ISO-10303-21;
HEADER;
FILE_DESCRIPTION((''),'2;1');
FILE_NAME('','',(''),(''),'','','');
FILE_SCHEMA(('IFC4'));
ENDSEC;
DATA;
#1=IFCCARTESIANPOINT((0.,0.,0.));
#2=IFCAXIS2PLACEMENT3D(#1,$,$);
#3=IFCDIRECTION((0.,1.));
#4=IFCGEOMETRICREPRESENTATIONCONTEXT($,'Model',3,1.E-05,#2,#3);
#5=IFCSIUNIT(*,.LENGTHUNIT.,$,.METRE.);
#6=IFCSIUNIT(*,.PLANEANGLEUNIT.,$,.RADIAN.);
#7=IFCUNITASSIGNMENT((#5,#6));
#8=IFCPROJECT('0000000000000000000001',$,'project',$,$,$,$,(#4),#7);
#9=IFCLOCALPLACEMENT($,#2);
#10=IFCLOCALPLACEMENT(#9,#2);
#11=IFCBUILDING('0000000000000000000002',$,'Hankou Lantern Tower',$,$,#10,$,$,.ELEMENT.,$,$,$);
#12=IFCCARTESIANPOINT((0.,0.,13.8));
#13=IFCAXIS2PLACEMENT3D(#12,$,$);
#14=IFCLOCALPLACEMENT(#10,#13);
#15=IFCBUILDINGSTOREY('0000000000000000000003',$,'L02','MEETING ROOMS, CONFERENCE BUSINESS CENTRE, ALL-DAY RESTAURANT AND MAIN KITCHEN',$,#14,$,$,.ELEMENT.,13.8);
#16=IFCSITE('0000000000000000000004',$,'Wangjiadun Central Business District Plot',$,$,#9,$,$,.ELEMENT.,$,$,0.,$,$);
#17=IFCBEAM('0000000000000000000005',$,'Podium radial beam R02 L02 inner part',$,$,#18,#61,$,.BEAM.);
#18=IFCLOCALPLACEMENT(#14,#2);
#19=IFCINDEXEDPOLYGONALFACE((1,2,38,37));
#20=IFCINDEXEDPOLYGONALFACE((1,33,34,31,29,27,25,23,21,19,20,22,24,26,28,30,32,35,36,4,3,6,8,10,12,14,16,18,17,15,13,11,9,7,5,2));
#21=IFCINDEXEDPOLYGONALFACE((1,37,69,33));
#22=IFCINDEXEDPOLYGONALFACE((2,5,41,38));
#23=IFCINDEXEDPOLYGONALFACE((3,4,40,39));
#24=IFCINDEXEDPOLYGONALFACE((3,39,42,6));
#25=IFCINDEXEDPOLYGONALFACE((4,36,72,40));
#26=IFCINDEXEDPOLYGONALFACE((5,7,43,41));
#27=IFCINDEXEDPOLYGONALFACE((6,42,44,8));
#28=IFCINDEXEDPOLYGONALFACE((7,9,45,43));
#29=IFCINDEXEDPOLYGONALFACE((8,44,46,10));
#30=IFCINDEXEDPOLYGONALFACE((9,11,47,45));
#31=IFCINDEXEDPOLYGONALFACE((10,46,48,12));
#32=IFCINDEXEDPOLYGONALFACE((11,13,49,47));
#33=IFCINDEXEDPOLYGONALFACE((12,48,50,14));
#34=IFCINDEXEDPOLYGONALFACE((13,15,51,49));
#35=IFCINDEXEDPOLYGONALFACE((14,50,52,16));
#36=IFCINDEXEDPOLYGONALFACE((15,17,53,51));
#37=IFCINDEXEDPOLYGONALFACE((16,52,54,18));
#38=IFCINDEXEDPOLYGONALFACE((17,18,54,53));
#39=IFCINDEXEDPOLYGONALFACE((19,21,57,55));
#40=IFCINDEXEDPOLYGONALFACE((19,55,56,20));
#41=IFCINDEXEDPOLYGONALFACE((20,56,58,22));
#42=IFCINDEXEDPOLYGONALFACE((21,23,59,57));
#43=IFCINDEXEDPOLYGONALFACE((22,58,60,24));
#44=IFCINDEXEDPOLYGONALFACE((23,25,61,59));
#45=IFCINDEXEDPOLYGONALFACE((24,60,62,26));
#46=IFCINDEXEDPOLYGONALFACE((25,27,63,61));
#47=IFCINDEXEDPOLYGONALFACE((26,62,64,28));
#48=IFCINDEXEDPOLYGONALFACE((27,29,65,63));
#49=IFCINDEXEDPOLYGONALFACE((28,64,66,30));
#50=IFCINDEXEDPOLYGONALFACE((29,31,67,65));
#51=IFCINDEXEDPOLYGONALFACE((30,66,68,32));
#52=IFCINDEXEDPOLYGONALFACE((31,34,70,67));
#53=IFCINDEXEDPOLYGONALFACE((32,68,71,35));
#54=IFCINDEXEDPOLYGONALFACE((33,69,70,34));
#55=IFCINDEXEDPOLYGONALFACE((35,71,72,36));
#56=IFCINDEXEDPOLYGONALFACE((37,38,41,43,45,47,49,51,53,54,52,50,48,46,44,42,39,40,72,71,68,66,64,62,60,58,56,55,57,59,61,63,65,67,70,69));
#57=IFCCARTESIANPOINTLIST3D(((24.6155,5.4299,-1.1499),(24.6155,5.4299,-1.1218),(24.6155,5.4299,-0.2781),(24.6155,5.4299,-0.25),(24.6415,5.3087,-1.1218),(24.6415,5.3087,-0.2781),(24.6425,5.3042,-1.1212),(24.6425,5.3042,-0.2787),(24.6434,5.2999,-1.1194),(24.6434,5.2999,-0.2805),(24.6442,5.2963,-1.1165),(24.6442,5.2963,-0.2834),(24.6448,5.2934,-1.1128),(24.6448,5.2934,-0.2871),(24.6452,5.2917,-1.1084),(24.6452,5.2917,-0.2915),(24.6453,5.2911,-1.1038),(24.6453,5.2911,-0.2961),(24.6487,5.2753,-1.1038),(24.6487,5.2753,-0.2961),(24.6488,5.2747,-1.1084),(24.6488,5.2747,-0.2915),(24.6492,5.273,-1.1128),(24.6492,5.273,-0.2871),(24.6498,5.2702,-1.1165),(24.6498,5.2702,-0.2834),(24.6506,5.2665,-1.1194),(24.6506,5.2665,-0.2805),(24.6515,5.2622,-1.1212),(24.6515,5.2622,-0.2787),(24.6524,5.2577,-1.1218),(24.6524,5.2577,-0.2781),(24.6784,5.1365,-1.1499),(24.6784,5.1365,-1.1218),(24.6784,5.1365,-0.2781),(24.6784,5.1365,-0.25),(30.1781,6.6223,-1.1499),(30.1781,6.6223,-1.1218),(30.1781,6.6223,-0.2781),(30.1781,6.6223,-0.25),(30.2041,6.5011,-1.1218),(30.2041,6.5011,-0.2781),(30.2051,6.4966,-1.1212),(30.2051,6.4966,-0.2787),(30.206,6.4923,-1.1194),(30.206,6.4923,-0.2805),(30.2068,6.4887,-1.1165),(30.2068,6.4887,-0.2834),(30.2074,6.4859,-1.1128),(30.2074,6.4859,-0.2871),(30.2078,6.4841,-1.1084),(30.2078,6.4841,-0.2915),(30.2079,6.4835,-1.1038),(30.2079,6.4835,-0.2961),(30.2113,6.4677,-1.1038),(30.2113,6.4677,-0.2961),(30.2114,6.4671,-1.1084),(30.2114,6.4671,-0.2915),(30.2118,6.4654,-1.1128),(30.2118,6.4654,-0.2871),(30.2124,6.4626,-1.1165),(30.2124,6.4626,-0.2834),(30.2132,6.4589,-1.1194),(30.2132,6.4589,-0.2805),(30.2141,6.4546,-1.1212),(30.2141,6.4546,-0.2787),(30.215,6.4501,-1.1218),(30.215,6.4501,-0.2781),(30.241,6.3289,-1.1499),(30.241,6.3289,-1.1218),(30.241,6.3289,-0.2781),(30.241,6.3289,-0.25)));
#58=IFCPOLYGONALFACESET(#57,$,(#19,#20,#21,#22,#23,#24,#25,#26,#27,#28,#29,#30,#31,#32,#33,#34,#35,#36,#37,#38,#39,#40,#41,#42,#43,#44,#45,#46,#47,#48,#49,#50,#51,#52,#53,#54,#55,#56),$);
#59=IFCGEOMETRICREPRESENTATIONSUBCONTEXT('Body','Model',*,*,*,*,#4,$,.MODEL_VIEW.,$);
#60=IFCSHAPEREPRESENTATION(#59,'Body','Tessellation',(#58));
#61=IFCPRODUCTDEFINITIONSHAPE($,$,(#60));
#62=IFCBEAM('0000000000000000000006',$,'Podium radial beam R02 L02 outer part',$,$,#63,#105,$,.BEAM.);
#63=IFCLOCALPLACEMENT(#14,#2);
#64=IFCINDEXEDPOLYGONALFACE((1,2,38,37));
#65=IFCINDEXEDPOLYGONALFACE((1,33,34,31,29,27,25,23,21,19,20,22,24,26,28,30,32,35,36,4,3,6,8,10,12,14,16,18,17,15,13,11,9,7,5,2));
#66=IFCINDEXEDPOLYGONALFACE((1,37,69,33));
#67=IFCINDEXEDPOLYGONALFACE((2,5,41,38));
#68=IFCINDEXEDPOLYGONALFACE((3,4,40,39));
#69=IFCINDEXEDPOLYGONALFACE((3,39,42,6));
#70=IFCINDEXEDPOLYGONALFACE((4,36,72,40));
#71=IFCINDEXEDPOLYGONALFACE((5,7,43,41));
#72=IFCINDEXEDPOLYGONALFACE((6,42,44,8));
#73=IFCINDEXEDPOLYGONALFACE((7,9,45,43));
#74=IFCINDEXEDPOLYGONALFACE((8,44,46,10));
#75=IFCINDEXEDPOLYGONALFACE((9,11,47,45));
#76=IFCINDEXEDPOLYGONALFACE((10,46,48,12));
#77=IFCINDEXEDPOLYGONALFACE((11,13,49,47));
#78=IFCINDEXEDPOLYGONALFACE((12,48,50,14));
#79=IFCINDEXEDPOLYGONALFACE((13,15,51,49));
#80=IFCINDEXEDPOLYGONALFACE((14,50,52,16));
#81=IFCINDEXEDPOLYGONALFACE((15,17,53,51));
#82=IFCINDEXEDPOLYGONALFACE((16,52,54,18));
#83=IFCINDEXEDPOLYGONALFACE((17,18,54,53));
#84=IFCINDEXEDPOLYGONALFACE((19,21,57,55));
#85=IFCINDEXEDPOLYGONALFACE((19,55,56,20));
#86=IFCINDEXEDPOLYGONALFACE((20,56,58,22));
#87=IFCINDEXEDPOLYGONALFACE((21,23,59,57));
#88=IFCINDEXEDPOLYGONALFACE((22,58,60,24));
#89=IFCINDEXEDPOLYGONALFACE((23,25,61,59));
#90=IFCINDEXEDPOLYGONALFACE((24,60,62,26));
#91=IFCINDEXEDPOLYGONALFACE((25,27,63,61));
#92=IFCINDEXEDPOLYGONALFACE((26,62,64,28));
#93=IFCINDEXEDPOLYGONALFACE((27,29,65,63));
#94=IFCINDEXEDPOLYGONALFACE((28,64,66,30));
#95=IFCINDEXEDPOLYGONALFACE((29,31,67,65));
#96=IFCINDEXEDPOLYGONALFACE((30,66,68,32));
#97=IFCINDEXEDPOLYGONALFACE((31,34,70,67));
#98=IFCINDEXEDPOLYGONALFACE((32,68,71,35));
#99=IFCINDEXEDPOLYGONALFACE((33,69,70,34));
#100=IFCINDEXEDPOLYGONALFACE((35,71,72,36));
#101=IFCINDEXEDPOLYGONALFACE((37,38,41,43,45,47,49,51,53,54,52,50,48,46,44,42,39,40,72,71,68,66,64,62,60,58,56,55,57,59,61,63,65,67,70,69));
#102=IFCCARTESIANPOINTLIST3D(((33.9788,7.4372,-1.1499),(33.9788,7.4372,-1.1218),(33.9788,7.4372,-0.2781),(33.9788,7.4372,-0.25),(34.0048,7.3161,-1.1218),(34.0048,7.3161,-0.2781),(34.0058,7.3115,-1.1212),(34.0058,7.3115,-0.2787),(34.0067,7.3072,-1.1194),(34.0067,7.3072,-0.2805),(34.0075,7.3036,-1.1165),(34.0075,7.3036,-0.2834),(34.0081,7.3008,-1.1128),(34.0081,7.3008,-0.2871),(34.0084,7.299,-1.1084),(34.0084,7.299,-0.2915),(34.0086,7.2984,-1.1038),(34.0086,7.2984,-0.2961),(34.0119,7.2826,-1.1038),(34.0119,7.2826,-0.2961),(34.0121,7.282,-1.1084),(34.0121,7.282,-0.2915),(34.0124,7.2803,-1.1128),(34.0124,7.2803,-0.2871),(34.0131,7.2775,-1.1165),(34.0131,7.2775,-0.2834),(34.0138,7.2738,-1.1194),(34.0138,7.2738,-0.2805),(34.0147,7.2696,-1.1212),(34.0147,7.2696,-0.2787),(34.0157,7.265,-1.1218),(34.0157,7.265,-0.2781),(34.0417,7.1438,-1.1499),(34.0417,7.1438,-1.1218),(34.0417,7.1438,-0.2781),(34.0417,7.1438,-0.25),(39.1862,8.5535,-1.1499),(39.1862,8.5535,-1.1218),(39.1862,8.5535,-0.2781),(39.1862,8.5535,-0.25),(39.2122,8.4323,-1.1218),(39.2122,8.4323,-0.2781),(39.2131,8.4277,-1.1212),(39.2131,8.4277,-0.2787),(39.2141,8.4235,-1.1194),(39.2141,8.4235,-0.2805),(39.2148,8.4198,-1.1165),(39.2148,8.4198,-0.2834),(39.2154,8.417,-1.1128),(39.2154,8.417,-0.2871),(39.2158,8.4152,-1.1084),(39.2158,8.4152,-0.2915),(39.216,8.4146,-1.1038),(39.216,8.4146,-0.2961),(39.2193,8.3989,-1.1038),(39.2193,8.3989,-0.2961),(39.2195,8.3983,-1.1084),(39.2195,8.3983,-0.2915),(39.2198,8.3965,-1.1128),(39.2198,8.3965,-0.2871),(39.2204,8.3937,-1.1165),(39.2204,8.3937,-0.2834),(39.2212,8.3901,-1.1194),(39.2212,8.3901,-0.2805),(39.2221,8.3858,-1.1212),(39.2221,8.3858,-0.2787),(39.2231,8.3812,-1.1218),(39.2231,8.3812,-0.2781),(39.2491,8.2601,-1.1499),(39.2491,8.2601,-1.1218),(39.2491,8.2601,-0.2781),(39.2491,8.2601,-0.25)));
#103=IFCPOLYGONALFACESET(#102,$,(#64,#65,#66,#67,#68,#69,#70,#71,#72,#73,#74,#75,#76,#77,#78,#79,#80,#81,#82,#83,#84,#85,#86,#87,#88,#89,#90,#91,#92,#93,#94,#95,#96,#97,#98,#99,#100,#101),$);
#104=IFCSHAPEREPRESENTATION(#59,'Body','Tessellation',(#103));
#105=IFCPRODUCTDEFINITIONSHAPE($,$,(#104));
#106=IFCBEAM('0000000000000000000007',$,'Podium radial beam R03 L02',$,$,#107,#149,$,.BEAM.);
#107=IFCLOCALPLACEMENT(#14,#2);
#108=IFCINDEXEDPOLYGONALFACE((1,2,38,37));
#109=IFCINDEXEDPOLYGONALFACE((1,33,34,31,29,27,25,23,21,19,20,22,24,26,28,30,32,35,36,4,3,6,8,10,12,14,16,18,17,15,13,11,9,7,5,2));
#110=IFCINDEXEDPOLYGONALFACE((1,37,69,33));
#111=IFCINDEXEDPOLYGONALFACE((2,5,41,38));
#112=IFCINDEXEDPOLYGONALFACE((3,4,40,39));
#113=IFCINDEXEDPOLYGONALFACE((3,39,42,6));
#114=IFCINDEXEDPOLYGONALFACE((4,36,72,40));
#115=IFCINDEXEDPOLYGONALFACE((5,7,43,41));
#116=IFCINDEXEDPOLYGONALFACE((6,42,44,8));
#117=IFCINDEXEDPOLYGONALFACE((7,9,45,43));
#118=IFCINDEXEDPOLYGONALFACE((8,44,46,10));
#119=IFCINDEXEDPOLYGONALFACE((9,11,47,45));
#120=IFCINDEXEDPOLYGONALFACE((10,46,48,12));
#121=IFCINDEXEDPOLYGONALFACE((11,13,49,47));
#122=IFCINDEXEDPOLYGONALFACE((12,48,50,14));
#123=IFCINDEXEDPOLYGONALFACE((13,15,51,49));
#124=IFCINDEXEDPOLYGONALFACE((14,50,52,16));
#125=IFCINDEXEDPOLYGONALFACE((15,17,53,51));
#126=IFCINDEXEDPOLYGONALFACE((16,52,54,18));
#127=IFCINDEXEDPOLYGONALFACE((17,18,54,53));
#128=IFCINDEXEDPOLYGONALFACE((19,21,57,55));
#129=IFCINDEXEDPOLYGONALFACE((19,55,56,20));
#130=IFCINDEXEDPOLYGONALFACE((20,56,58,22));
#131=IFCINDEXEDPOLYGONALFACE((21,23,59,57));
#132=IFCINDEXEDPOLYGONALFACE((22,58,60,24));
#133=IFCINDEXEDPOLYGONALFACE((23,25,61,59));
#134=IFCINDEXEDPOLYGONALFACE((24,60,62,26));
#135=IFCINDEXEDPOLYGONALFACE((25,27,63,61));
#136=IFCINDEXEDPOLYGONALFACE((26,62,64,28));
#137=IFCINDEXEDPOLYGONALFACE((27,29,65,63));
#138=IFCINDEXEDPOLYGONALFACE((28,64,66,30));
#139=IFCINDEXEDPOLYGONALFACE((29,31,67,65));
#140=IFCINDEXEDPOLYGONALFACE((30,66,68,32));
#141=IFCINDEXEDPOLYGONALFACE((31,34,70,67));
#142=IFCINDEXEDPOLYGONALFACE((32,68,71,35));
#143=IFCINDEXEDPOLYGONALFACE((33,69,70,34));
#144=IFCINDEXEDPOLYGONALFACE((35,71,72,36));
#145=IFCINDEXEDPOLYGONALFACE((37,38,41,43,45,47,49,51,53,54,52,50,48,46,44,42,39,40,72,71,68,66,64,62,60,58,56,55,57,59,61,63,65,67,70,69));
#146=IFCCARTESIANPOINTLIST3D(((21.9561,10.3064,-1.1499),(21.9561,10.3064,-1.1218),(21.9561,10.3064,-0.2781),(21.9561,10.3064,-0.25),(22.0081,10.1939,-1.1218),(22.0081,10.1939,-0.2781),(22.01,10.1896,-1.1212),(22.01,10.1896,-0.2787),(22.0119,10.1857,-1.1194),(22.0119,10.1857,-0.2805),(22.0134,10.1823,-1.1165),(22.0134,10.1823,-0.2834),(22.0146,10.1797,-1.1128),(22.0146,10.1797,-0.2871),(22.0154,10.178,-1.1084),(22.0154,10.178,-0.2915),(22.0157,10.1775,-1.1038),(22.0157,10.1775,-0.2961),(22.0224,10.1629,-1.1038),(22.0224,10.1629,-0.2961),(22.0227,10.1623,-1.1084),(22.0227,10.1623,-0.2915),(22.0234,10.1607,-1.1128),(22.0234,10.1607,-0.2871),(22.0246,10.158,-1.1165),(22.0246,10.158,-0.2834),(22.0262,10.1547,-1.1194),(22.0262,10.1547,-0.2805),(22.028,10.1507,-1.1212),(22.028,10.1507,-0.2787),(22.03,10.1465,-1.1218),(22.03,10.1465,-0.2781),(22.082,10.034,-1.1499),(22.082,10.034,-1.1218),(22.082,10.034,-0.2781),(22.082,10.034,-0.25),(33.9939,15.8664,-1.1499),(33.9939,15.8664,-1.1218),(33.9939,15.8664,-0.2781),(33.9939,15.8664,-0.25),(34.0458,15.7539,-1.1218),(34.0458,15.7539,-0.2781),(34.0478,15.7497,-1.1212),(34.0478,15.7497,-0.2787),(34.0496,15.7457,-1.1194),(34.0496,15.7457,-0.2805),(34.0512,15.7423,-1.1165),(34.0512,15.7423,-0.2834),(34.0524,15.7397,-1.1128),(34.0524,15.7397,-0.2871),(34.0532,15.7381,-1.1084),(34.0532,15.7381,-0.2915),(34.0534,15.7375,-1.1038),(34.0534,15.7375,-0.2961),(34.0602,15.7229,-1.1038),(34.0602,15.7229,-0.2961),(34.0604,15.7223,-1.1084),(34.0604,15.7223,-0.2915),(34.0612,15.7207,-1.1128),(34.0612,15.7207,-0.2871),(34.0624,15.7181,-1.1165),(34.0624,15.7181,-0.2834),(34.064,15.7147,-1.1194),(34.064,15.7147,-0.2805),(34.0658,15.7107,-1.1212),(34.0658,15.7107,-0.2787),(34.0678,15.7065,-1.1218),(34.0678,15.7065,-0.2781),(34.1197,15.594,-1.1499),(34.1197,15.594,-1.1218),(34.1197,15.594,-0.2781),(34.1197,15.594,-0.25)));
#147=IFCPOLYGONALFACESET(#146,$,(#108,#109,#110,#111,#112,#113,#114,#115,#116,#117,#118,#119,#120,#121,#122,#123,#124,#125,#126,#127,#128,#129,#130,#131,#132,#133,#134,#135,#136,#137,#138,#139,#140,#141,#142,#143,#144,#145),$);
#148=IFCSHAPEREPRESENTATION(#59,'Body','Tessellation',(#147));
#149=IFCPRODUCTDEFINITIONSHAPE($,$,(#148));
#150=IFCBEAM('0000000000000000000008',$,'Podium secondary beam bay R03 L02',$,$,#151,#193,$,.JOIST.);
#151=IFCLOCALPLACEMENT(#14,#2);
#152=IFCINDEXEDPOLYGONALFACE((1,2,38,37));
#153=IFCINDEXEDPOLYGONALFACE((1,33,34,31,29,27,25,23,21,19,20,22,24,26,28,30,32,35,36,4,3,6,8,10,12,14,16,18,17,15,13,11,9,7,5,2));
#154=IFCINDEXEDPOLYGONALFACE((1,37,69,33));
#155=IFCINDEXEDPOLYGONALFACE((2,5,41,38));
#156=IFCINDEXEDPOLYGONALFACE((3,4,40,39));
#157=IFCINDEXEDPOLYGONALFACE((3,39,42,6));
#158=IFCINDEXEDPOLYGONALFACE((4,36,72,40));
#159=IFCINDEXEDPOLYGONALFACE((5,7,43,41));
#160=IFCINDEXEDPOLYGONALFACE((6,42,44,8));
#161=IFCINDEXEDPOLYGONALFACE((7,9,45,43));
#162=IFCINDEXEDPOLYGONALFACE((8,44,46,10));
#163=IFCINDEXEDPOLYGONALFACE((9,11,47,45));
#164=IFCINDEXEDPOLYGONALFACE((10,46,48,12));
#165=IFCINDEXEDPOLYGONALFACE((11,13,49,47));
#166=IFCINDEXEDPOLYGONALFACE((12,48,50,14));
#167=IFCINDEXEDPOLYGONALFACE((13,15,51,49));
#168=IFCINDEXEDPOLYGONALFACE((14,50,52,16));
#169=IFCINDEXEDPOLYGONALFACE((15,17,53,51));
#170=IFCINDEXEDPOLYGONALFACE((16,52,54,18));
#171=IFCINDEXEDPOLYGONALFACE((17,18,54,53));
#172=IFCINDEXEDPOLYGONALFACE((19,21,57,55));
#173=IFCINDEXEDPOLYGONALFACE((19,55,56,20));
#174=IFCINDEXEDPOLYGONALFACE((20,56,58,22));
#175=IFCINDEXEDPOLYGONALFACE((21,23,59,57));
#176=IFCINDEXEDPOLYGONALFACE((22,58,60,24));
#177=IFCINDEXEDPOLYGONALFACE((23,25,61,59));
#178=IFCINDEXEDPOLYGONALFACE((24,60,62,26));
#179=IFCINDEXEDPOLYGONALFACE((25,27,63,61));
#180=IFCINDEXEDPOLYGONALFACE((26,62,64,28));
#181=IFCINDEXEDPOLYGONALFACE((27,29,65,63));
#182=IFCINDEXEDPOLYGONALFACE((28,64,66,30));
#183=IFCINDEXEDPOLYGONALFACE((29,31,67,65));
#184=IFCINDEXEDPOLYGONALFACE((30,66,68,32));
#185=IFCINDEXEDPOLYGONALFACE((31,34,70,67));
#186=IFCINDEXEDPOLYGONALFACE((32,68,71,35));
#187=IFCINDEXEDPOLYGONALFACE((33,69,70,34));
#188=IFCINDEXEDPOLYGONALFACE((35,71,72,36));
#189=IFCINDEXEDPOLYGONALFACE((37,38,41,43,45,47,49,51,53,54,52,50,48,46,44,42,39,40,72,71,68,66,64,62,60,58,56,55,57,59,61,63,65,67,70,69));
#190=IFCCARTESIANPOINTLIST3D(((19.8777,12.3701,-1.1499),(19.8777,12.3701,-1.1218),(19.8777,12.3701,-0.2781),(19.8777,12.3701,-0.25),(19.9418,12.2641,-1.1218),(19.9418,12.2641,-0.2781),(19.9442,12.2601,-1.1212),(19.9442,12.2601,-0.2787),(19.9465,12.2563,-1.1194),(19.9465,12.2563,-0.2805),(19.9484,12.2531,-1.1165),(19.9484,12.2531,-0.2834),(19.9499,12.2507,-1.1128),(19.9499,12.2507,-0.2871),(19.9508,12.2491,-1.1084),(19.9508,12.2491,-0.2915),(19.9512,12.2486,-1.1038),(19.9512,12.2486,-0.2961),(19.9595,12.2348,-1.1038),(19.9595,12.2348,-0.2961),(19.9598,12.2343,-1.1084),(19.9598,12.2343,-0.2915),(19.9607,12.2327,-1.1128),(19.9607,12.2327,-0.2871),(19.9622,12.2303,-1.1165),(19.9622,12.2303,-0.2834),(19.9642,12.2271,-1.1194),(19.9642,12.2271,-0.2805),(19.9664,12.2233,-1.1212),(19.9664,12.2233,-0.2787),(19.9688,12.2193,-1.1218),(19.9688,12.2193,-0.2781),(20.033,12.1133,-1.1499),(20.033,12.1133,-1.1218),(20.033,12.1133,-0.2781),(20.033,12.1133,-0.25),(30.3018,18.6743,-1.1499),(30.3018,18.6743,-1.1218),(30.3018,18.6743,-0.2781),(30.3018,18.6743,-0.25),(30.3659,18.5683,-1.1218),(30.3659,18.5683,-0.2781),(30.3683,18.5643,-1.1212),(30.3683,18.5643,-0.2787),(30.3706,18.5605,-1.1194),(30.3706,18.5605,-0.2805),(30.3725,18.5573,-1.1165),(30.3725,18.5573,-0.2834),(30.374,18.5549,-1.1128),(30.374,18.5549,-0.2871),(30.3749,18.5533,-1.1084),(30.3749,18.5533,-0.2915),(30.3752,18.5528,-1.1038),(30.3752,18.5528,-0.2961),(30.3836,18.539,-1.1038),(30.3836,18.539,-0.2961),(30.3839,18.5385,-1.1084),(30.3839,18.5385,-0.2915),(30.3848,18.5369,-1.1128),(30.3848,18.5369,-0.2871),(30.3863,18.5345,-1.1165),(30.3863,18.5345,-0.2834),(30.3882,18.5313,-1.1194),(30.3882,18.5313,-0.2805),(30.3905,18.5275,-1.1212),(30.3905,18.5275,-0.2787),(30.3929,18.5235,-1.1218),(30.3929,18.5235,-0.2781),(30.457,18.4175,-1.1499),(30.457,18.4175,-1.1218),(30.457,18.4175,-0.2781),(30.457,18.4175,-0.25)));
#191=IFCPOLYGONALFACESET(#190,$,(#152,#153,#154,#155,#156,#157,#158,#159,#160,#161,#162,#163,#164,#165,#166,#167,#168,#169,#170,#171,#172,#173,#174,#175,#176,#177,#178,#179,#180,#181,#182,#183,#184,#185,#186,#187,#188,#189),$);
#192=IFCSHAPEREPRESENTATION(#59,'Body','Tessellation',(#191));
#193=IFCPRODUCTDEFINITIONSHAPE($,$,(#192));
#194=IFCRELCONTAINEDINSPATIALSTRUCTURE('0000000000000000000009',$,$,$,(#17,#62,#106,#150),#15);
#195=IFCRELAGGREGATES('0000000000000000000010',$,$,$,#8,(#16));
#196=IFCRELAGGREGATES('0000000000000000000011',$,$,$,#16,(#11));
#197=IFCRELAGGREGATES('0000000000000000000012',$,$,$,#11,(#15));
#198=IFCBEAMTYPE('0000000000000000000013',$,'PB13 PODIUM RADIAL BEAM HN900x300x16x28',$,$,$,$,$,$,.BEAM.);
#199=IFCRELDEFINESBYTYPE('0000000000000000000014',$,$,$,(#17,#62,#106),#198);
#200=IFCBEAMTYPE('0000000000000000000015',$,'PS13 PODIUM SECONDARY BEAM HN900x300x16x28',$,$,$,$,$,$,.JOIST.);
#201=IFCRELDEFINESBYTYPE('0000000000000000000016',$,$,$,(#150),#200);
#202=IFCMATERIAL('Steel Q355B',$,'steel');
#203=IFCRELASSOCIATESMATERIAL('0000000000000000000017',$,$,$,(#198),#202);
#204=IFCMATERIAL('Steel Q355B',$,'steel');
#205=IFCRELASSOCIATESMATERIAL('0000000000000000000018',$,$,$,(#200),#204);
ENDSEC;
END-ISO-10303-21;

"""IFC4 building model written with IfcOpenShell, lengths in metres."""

from ifc_helpers import new_model, si_unit, direction, frame, origin, origin_2d, place, context, subcontext, project, spatial, i_section, extrude, material, material_profile, profile_set, type_object, element, save


model = new_model("IFC4")

# Units and contexts
model_context = context("Model", 3, precision=1e-05, world=origin(), true_north=direction((0.0, 1.0)))
body_context = subcontext(model_context, "Body", "Model", "MODEL_VIEW")
ifc_project = project(units=[si_unit("LENGTHUNIT", "METRE"), si_unit("PLANEANGLEUNIT", "RADIAN")], contexts=[model_context])

# Site, building, storey
site_placement = place(None, origin())
site = spatial("IfcSite", under=ifc_project, at=site_placement, Name="Wangjiadun Central Business District Plot", CompositionType="ELEMENT", RefElevation=0.0)
building_placement = place(site_placement, origin())
building = spatial("IfcBuilding", under=site, at=building_placement, Name="Hankou Lantern Tower", CompositionType="ELEMENT")
storey_placement = place(building_placement, frame((0.0, 0.0, 13.8)))
storey = spatial("IfcBuildingStorey", under=building, at=storey_placement, Name="L02", Description="MEETING ROOMS, CONFERENCE BUSINESS CENTRE, ALL-DAY RESTAURANT AND MAIN KITCHEN", CompositionType="ELEMENT", Elevation=13.8)

# Beams
ifc_material_1 = material(Name="Steel Q355B", Category="steel")
ifc_material_profile_1 = material_profile(ifc_material_1, i_section(OverallWidth=0.3, OverallDepth=0.8999, WebThickness=0.0161, FlangeThickness=0.0281, FilletRadius=0.0181, at=origin_2d()), Name="HN900x300x16x28")
ifc_profile_set_1 = profile_set([ifc_material_profile_1], Name="Steel Q355B")
beam_type_1 = type_object("IfcBeamType", Name="PB13 PODIUM RADIAL BEAM HN900x300x16x28", PredefinedType="BEAM", material=ifc_profile_set_1)
beam_1_placement = place(storey_placement, frame((24.647, 5.2832, -0.7), z_axis=(0.977787, 0.209599, 0.0), x_axis=(-0.209599, 0.977787, 0.0)))
element("IfcBeam", 1, at=beam_1_placement, inside=storey, type_object=beam_type_1, Name="Podium radial beam R02 L02 inner part", PredefinedType="BEAM", context=body_context, shape_type="SweptSolid", body=[
    extrude(i_section(OverallWidth=0.3, OverallDepth=0.8999, WebThickness=0.0161, FlangeThickness=0.0281, FilletRadius=0.0181, at=origin_2d()), origin(), (0.0, 0.0, 1.0), 5.689),
])
beam_2_placement = place(storey_placement, frame((34.0103, 7.2905, -0.7), z_axis=(0.977788, 0.209595, 0.0), x_axis=(-0.209595, 0.977788, 0.0)))
element("IfcBeam", 2, at=beam_2_placement, inside=storey, type_object=beam_type_1, Name="Podium radial beam R02 L02 outer part", PredefinedType="BEAM", context=body_context, shape_type="SweptSolid", body=[
    extrude(i_section(OverallWidth=0.3, OverallDepth=0.8999, WebThickness=0.0161, FlangeThickness=0.0281, FilletRadius=0.0181, at=origin_2d()), origin(), (0.0, 0.0, 1.0), 5.3257),
])
beam_3_placement = place(storey_placement, frame((22.019, 10.1702, -0.7), z_axis=(0.907841, 0.419315, 0.0), x_axis=(-0.419315, 0.907841, 0.0)))
element("IfcBeam", 3, at=beam_3_placement, inside=storey, type_object=beam_type_1, Name="Podium radial beam R03 L02", PredefinedType="BEAM", context=body_context, shape_type="SweptSolid", body=[
    extrude(i_section(OverallWidth=0.3, OverallDepth=0.8999, WebThickness=0.0161, FlangeThickness=0.0281, FilletRadius=0.0181, at=origin_2d()), origin(), (0.0, 0.0, 1.0), 13.2598),
])
ifc_material_2 = material(Name="Steel Q355B", Category="steel")
ifc_material_profile_2 = material_profile(ifc_material_2, i_section(OverallWidth=0.3, OverallDepth=0.8999, WebThickness=0.0161, FlangeThickness=0.0281, FilletRadius=0.0181, at=origin_2d()), Name="HN900x300x16x28")
ifc_profile_set_2 = profile_set([ifc_material_profile_2], Name="Steel Q355B")
beam_type_2 = type_object("IfcBeamType", Name="PS13 PODIUM SECONDARY BEAM HN900x300x16x28", PredefinedType="JOIST", material=ifc_profile_set_2)
beam_4_placement = place(storey_placement, frame((19.9553, 12.2417, -0.7), z_axis=(0.855686, 0.517496, 0.0), x_axis=(-0.517496, 0.855686, 0.0)))
element("IfcBeam", 4, at=beam_4_placement, inside=storey, type_object=beam_type_2, Name="Podium secondary beam bay R03 L02", PredefinedType="JOIST", context=body_context, shape_type="SweptSolid", body=[
    extrude(i_section(OverallWidth=0.3, OverallDepth=0.8999, WebThickness=0.0161, FlangeThickness=0.0281, FilletRadius=0.0181, at=origin_2d()), origin(), (0.0, 0.0, 1.0), 12.1821),
])

save(model, "model.ifc")
